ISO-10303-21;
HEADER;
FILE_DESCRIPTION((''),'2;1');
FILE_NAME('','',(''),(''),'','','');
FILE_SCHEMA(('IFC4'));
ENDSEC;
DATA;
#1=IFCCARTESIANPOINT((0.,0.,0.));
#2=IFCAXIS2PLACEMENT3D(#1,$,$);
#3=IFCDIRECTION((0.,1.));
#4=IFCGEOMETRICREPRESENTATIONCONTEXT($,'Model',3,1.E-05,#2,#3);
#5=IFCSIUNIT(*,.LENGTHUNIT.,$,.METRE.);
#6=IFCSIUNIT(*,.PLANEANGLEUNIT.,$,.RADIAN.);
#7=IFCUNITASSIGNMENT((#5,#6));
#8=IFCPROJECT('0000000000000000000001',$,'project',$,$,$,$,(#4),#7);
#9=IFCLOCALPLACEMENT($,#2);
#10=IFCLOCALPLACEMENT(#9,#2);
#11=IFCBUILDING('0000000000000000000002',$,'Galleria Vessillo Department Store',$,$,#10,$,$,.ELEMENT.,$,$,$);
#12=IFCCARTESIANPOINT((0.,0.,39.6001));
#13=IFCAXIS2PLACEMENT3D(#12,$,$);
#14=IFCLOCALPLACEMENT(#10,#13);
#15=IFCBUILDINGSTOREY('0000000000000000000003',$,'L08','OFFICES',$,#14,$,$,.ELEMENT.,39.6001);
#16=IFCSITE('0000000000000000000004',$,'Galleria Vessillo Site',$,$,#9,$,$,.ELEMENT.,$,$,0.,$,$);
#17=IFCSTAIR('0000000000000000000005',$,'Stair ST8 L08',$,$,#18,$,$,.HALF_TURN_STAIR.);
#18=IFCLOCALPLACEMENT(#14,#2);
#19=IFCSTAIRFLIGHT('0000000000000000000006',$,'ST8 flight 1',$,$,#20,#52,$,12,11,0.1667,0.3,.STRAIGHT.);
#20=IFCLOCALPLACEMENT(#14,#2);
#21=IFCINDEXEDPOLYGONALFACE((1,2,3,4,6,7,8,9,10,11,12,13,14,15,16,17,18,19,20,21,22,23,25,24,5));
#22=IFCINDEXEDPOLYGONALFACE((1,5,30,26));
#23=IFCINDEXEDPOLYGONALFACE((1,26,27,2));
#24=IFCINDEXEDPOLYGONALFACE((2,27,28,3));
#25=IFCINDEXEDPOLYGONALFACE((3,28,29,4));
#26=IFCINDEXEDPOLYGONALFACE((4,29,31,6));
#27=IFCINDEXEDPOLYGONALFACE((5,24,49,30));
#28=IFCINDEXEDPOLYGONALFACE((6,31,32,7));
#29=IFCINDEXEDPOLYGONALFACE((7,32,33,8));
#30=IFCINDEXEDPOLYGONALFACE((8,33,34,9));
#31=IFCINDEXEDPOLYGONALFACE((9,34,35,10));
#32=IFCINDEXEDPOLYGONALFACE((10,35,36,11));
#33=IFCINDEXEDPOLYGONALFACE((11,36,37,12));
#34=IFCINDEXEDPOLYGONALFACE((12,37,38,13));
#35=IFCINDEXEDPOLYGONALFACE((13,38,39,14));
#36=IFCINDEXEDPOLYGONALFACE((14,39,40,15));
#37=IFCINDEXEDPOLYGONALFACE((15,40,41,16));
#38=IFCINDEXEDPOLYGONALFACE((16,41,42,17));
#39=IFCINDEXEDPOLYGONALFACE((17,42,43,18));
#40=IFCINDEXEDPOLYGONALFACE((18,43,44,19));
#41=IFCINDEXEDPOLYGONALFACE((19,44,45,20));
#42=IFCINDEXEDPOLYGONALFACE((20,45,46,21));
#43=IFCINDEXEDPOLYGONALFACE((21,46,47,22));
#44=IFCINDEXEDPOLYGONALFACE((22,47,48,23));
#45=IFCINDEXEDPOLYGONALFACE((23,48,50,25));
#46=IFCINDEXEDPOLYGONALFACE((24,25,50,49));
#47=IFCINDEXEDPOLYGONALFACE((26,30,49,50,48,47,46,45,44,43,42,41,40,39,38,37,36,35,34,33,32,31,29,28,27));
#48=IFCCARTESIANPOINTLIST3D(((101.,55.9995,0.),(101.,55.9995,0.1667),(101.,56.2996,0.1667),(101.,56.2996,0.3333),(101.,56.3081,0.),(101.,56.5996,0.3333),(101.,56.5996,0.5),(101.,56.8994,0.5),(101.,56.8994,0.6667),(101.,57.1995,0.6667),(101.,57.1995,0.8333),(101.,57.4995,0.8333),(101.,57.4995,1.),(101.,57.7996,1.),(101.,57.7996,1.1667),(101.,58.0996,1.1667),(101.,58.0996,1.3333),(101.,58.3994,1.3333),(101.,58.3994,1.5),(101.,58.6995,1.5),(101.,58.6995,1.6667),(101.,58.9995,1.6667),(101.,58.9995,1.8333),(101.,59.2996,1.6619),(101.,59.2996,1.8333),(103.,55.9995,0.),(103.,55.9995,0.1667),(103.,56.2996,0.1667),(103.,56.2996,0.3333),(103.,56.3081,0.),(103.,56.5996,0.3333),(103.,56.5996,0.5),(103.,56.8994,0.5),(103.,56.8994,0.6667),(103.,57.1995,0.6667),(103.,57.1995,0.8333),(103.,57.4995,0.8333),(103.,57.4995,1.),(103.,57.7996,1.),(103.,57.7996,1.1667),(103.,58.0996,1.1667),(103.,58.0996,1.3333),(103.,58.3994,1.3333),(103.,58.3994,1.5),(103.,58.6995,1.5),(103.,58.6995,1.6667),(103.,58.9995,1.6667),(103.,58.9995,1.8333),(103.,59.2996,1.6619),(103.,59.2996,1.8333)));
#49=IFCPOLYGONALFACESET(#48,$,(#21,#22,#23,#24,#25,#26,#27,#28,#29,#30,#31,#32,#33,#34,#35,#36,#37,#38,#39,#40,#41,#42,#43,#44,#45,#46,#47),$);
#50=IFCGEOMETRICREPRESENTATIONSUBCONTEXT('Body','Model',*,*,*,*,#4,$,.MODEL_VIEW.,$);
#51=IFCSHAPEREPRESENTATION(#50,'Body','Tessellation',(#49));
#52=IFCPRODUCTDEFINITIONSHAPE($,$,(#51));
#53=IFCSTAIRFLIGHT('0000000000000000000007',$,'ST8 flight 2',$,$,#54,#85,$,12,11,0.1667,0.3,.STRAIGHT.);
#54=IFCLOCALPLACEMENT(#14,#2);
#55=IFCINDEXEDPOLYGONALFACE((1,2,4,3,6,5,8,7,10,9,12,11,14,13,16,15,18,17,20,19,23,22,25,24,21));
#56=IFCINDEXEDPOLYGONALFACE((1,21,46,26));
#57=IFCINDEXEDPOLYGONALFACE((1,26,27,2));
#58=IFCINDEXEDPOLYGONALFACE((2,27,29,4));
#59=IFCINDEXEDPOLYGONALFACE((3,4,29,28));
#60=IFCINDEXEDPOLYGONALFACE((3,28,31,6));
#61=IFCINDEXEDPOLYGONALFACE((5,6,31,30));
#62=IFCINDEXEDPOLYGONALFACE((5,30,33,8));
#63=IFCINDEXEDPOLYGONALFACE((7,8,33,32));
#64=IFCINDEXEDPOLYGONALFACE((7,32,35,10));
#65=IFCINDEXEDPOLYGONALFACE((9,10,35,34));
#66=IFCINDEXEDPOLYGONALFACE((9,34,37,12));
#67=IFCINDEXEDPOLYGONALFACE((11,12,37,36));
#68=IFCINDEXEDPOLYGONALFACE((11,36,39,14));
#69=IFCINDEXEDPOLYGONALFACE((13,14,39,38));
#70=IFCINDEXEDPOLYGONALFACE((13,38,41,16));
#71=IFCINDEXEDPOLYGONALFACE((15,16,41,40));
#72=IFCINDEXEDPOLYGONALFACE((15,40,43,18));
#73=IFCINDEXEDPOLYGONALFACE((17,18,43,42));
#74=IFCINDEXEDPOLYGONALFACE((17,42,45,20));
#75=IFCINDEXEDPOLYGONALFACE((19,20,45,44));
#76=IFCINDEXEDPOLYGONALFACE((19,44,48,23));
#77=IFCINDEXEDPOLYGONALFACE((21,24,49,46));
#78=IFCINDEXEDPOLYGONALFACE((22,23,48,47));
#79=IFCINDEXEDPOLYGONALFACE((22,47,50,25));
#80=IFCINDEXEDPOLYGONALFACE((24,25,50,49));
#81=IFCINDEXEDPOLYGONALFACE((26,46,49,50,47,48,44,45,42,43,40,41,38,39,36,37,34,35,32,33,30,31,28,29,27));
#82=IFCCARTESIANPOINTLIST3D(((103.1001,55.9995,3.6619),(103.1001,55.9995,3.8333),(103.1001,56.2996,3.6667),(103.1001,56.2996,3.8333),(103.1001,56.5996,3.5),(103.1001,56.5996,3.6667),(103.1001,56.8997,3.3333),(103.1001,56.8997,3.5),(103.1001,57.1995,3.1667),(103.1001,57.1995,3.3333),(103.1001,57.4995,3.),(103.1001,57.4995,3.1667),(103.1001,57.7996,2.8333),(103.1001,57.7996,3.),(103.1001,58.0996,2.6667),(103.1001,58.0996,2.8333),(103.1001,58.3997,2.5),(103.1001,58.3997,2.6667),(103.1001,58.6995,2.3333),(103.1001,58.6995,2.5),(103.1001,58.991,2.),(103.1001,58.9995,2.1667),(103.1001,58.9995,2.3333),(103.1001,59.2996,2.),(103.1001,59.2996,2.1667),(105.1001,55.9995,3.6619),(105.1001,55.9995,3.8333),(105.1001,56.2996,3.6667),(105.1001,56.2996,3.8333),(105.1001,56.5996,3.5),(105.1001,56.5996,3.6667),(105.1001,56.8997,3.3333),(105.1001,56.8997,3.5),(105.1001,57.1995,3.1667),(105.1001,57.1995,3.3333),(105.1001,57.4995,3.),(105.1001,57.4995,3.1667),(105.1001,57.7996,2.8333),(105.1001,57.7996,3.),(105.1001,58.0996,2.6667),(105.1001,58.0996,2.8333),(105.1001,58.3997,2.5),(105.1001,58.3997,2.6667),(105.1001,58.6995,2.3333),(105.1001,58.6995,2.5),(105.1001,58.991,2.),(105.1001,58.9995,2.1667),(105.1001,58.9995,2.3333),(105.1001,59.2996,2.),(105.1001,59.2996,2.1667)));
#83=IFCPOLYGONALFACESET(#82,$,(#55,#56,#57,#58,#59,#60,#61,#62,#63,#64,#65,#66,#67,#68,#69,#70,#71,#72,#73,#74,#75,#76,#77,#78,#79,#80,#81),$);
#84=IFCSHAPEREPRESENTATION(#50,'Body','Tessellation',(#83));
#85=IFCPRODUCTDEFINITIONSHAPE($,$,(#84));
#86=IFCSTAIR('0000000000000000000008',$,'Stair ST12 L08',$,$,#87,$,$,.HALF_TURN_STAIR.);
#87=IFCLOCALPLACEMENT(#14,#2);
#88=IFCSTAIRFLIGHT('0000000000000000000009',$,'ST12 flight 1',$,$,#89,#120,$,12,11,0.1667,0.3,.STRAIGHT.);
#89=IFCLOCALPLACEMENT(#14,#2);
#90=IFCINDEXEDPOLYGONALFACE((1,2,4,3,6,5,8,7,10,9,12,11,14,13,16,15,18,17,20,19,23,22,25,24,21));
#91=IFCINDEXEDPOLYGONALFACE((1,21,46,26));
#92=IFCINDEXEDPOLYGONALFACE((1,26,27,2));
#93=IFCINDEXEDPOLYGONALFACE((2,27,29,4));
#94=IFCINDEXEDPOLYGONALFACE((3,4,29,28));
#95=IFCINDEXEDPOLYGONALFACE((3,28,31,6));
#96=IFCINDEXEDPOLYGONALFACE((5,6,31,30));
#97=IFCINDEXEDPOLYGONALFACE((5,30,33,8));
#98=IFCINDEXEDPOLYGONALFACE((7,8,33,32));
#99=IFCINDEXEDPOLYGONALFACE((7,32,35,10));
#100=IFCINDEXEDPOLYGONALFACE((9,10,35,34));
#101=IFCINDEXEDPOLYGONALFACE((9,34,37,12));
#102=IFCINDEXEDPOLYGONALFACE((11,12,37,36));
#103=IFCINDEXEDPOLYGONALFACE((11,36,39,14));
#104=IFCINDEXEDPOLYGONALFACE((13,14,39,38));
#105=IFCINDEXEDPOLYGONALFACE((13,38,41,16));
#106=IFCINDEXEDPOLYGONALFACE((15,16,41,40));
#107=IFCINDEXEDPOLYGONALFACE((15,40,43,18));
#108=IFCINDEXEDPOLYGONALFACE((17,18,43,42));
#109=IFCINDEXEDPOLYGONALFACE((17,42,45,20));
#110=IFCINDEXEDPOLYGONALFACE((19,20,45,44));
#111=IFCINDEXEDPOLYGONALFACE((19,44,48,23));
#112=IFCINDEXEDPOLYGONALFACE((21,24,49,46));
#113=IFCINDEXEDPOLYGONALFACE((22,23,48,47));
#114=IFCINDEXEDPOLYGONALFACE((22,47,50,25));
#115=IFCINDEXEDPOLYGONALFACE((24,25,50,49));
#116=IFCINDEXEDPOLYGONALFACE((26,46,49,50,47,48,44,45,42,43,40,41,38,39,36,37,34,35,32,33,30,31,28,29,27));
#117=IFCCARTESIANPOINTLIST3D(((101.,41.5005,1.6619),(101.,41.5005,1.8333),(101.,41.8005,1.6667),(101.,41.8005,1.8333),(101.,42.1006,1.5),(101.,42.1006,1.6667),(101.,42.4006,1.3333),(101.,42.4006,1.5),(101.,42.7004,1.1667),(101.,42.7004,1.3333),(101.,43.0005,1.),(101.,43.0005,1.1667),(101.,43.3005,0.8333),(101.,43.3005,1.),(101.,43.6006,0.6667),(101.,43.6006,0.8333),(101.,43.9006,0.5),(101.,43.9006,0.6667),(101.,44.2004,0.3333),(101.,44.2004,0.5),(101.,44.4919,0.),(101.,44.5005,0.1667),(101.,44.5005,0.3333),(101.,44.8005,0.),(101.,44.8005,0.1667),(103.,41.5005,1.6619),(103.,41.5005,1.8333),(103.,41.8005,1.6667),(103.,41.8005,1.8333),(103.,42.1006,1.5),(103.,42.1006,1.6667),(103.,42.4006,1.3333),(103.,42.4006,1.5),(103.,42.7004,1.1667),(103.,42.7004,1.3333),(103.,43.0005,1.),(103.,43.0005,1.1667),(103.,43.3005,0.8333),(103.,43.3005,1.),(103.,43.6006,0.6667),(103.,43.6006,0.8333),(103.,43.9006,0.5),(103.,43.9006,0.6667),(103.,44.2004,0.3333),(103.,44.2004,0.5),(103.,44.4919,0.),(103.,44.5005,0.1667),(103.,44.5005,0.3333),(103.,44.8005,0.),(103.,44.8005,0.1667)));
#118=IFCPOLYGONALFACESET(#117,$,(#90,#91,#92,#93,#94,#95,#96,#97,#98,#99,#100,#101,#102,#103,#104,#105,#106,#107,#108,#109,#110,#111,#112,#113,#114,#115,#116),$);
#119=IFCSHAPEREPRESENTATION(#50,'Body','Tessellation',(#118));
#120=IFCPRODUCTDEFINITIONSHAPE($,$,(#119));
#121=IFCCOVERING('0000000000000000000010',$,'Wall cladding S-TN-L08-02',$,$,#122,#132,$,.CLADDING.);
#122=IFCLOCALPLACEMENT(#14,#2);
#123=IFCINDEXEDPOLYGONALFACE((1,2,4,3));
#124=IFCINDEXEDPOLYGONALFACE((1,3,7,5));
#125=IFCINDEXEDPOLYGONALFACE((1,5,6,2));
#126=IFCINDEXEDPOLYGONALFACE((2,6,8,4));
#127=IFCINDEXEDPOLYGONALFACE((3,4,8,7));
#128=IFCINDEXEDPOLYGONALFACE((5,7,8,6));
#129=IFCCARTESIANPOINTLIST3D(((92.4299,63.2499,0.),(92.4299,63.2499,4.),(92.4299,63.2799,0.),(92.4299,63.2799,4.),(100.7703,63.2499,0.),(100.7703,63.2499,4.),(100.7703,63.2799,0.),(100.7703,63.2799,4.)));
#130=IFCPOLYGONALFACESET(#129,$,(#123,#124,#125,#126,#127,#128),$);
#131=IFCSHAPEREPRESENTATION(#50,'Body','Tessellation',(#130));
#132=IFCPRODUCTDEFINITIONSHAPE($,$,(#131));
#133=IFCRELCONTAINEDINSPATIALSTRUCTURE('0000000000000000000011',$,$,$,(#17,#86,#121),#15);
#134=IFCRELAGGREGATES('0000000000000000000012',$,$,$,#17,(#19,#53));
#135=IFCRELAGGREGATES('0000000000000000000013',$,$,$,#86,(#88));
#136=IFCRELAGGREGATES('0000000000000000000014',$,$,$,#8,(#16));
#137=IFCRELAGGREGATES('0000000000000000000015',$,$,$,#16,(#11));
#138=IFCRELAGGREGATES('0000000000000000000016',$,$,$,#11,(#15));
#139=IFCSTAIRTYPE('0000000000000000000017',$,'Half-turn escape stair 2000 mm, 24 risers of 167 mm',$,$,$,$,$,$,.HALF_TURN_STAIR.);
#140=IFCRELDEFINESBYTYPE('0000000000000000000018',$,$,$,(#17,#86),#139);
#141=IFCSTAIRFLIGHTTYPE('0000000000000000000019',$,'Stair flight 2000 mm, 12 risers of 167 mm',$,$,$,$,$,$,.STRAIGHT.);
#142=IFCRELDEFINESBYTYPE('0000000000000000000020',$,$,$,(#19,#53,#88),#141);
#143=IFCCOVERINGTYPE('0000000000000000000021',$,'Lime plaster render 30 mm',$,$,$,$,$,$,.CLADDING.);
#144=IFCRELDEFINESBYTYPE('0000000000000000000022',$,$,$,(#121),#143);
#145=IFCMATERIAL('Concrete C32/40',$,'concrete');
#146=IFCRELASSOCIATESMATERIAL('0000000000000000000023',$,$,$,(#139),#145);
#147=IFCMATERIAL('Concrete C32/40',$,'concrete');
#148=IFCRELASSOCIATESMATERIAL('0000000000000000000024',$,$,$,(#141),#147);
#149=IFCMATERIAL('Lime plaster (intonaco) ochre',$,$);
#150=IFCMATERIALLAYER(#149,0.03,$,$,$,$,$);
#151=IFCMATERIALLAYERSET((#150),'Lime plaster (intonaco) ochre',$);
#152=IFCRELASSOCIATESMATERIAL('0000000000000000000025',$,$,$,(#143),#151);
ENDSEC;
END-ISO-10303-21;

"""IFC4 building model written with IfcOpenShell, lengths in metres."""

from ifc_helpers import new_model, si_unit, direction, frame, origin, origin_2d, place, context, subcontext, project, spatial, polyline, rectangle, outline, extrude, material, layer, layer_set, type_object, element, aggregate, save


model = new_model("IFC4")

# Units and contexts
model_context = context("Model", 3, precision=1e-05, world=origin(), true_north=direction((0.0, 1.0)))
body_context = subcontext(model_context, "Body", "Model", "MODEL_VIEW")
ifc_project = project(units=[si_unit("LENGTHUNIT", "METRE"), si_unit("PLANEANGLEUNIT", "RADIAN")], contexts=[model_context])

# Site, building, storey
site_placement = place(None, origin())
site = spatial("IfcSite", under=ifc_project, at=site_placement, Name="Galleria Vessillo Site", CompositionType="ELEMENT", RefElevation=0.0)
building_placement = place(site_placement, origin())
building = spatial("IfcBuilding", under=site, at=building_placement, Name="Galleria Vessillo Department Store", CompositionType="ELEMENT")
storey_placement = place(building_placement, frame((0.0, 0.0, 39.6001)))
storey = spatial("IfcBuildingStorey", under=building, at=storey_placement, Name="L08", Description="OFFICES", CompositionType="ELEMENT", Elevation=39.6001)

# Stair, stair flights
ifc_material_1 = material(Name="Concrete C32/40", Category="concrete")
stair_type = type_object("IfcStairType", Name="Half-turn escape stair 2000 mm, 24 risers of 167 mm", PredefinedType="HALF_TURN_STAIR", material=ifc_material_1)
stair_1_placement = place(storey_placement, origin())
stair_1 = element("IfcStair", 1, at=stair_1_placement, inside=storey, type_object=stair_type, Name="Stair ST8 L08", PredefinedType="HALF_TURN_STAIR")
ifc_material_2 = material(Name="Concrete C32/40", Category="concrete")
stair_flight_type = type_object("IfcStairFlightType", Name="Stair flight 2000 mm, 12 risers of 167 mm", PredefinedType="STRAIGHT", material=ifc_material_2)
stair_flight_1_placement = place(storey_placement, frame((102.0, 55.9995, 0.0), z_axis=(0.0, 0.0, 1.0), x_axis=(0.0, 1.0, 0.0)))
stair_flight_1 = element("IfcStairFlight", 2, at=stair_flight_1_placement, type_object=stair_flight_type, Name="ST8 flight 1", NumberOfRisers=12, NumberOfTreads=11, PredefinedType="STRAIGHT", RiserHeight=0.1667, TreadLength=0.3, context=body_context, shape_type="SweptSolid", body=[
    extrude(outline(polyline([(0.0, 0.0), (0.0, 0.1667), (0.3, 0.1667), (0.3, 0.3333), (0.6001, 0.3333), (0.6001, 0.5), (0.8999, 0.5), (0.8999, 0.6667), (1.2, 0.6667), (1.2, 0.8333), (1.5, 0.8333), (1.5, 1.0), (1.8, 1.0), (1.8, 1.1667), (2.1001, 1.1667), (2.1001, 1.3333), (2.3999, 1.3333), (2.3999, 1.5), (2.7, 1.5), (2.7, 1.6667), (3.0, 1.6667), (3.0, 1.8333), (3.3, 1.8333), (3.3, 2.0), (3.3, 1.6619), (0.3086, 0.0), (0.0, 0.0)])), frame((0.0, 1.0, 0.0), z_axis=(0.0, -1.0, 0.0), x_axis=(1.0, 0.0, 0.0)), (0.0, 0.0, 1.0), 2.0),
])
stair_flight_2_placement = place(storey_placement, frame((104.1001, 59.2996, 2.0), z_axis=(0.0, 0.0, 1.0), x_axis=(0.0, -1.0, 0.0)))
stair_flight_2 = element("IfcStairFlight", 3, at=stair_flight_2_placement, type_object=stair_flight_type, Name="ST8 flight 2", NumberOfRisers=12, NumberOfTreads=11, PredefinedType="STRAIGHT", RiserHeight=0.1667, TreadLength=0.3, context=body_context, shape_type="SweptSolid", body=[
    extrude(outline(polyline([(0.0, 0.0), (0.0, 0.1667), (0.3, 0.1667), (0.3, 0.3333), (0.6001, 0.3333), (0.6001, 0.5), (0.8999, 0.5), (0.8999, 0.6667), (1.2, 0.6667), (1.2, 0.8333), (1.5, 0.8333), (1.5, 1.0), (1.8, 1.0), (1.8, 1.1667), (2.1001, 1.1667), (2.1001, 1.3333), (2.3999, 1.3333), (2.3999, 1.5), (2.7, 1.5), (2.7, 1.6667), (3.0, 1.6667), (3.0, 1.8333), (3.3, 1.8333), (3.3, 2.0), (3.3, 1.6619), (0.3086, 0.0), (0.0, 0.0)])), frame((0.0, 1.0, 0.0), z_axis=(0.0, -1.0, 0.0), x_axis=(1.0, 0.0, 0.0)), (0.0, 0.0, 1.0), 2.0),
])
aggregate(stair_1, [stair_flight_1, stair_flight_2])

# Stair, stair flight
stair_2_placement = place(storey_placement, origin())
stair_2 = element("IfcStair", 4, at=stair_2_placement, inside=storey, type_object=stair_type, Name="Stair ST12 L08", PredefinedType="HALF_TURN_STAIR")
stair_flight_3_placement = place(storey_placement, frame((102.0, 44.8005, 0.0), z_axis=(0.0, 0.0, 1.0), x_axis=(0.0, -1.0, 0.0)))
stair_flight_3 = element("IfcStairFlight", 5, at=stair_flight_3_placement, type_object=stair_flight_type, Name="ST12 flight 1", NumberOfRisers=12, NumberOfTreads=11, PredefinedType="STRAIGHT", RiserHeight=0.1667, TreadLength=0.3, context=body_context, shape_type="SweptSolid", body=[
    extrude(outline(polyline([(0.0, 0.0), (0.0, 0.1667), (0.3, 0.1667), (0.3, 0.3333), (0.6001, 0.3333), (0.6001, 0.5), (0.8999, 0.5), (0.8999, 0.6667), (1.2, 0.6667), (1.2, 0.8333), (1.5, 0.8333), (1.5, 1.0), (1.8, 1.0), (1.8, 1.1667), (2.1001, 1.1667), (2.1001, 1.3333), (2.3999, 1.3333), (2.3999, 1.5), (2.7, 1.5), (2.7, 1.6667), (3.0, 1.6667), (3.0, 1.8333), (3.3, 1.8333), (3.3, 2.0), (3.3, 1.6619), (0.3086, 0.0), (0.0, 0.0)])), frame((0.0, 1.0, 0.0), z_axis=(0.0, -1.0, 0.0), x_axis=(1.0, 0.0, 0.0)), (0.0, 0.0, 1.0), 2.0),
])
aggregate(stair_2, [stair_flight_3])

# Covering
ifc_material_3 = material(Name="Lime plaster (intonaco) ochre")
ifc_layer_1 = layer(ifc_material_3, 0.03)
ifc_layer_set_1 = layer_set([ifc_layer_1], Name="Lime plaster (intonaco) ochre")
covering_type = type_object("IfcCoveringType", Name="Lime plaster render 30 mm", PredefinedType="CLADDING", material=ifc_layer_set_1)
covering_placement = place(storey_placement, frame((96.6001, 63.2649, 0.0), z_axis=(0.0, 0.0, 1.0), x_axis=(1.0, 0.0, 0.0)))
element("IfcCovering", 6, at=covering_placement, inside=storey, type_object=covering_type, Name="Wall cladding S-TN-L08-02", PredefinedType="CLADDING", context=body_context, shape_type="SweptSolid", body=[
    extrude(rectangle(XDim=8.3403, YDim=0.03, at=origin_2d()), origin(), (0.0, 0.0, 1.0), 4.0),
])

save(model, "model.ifc")
